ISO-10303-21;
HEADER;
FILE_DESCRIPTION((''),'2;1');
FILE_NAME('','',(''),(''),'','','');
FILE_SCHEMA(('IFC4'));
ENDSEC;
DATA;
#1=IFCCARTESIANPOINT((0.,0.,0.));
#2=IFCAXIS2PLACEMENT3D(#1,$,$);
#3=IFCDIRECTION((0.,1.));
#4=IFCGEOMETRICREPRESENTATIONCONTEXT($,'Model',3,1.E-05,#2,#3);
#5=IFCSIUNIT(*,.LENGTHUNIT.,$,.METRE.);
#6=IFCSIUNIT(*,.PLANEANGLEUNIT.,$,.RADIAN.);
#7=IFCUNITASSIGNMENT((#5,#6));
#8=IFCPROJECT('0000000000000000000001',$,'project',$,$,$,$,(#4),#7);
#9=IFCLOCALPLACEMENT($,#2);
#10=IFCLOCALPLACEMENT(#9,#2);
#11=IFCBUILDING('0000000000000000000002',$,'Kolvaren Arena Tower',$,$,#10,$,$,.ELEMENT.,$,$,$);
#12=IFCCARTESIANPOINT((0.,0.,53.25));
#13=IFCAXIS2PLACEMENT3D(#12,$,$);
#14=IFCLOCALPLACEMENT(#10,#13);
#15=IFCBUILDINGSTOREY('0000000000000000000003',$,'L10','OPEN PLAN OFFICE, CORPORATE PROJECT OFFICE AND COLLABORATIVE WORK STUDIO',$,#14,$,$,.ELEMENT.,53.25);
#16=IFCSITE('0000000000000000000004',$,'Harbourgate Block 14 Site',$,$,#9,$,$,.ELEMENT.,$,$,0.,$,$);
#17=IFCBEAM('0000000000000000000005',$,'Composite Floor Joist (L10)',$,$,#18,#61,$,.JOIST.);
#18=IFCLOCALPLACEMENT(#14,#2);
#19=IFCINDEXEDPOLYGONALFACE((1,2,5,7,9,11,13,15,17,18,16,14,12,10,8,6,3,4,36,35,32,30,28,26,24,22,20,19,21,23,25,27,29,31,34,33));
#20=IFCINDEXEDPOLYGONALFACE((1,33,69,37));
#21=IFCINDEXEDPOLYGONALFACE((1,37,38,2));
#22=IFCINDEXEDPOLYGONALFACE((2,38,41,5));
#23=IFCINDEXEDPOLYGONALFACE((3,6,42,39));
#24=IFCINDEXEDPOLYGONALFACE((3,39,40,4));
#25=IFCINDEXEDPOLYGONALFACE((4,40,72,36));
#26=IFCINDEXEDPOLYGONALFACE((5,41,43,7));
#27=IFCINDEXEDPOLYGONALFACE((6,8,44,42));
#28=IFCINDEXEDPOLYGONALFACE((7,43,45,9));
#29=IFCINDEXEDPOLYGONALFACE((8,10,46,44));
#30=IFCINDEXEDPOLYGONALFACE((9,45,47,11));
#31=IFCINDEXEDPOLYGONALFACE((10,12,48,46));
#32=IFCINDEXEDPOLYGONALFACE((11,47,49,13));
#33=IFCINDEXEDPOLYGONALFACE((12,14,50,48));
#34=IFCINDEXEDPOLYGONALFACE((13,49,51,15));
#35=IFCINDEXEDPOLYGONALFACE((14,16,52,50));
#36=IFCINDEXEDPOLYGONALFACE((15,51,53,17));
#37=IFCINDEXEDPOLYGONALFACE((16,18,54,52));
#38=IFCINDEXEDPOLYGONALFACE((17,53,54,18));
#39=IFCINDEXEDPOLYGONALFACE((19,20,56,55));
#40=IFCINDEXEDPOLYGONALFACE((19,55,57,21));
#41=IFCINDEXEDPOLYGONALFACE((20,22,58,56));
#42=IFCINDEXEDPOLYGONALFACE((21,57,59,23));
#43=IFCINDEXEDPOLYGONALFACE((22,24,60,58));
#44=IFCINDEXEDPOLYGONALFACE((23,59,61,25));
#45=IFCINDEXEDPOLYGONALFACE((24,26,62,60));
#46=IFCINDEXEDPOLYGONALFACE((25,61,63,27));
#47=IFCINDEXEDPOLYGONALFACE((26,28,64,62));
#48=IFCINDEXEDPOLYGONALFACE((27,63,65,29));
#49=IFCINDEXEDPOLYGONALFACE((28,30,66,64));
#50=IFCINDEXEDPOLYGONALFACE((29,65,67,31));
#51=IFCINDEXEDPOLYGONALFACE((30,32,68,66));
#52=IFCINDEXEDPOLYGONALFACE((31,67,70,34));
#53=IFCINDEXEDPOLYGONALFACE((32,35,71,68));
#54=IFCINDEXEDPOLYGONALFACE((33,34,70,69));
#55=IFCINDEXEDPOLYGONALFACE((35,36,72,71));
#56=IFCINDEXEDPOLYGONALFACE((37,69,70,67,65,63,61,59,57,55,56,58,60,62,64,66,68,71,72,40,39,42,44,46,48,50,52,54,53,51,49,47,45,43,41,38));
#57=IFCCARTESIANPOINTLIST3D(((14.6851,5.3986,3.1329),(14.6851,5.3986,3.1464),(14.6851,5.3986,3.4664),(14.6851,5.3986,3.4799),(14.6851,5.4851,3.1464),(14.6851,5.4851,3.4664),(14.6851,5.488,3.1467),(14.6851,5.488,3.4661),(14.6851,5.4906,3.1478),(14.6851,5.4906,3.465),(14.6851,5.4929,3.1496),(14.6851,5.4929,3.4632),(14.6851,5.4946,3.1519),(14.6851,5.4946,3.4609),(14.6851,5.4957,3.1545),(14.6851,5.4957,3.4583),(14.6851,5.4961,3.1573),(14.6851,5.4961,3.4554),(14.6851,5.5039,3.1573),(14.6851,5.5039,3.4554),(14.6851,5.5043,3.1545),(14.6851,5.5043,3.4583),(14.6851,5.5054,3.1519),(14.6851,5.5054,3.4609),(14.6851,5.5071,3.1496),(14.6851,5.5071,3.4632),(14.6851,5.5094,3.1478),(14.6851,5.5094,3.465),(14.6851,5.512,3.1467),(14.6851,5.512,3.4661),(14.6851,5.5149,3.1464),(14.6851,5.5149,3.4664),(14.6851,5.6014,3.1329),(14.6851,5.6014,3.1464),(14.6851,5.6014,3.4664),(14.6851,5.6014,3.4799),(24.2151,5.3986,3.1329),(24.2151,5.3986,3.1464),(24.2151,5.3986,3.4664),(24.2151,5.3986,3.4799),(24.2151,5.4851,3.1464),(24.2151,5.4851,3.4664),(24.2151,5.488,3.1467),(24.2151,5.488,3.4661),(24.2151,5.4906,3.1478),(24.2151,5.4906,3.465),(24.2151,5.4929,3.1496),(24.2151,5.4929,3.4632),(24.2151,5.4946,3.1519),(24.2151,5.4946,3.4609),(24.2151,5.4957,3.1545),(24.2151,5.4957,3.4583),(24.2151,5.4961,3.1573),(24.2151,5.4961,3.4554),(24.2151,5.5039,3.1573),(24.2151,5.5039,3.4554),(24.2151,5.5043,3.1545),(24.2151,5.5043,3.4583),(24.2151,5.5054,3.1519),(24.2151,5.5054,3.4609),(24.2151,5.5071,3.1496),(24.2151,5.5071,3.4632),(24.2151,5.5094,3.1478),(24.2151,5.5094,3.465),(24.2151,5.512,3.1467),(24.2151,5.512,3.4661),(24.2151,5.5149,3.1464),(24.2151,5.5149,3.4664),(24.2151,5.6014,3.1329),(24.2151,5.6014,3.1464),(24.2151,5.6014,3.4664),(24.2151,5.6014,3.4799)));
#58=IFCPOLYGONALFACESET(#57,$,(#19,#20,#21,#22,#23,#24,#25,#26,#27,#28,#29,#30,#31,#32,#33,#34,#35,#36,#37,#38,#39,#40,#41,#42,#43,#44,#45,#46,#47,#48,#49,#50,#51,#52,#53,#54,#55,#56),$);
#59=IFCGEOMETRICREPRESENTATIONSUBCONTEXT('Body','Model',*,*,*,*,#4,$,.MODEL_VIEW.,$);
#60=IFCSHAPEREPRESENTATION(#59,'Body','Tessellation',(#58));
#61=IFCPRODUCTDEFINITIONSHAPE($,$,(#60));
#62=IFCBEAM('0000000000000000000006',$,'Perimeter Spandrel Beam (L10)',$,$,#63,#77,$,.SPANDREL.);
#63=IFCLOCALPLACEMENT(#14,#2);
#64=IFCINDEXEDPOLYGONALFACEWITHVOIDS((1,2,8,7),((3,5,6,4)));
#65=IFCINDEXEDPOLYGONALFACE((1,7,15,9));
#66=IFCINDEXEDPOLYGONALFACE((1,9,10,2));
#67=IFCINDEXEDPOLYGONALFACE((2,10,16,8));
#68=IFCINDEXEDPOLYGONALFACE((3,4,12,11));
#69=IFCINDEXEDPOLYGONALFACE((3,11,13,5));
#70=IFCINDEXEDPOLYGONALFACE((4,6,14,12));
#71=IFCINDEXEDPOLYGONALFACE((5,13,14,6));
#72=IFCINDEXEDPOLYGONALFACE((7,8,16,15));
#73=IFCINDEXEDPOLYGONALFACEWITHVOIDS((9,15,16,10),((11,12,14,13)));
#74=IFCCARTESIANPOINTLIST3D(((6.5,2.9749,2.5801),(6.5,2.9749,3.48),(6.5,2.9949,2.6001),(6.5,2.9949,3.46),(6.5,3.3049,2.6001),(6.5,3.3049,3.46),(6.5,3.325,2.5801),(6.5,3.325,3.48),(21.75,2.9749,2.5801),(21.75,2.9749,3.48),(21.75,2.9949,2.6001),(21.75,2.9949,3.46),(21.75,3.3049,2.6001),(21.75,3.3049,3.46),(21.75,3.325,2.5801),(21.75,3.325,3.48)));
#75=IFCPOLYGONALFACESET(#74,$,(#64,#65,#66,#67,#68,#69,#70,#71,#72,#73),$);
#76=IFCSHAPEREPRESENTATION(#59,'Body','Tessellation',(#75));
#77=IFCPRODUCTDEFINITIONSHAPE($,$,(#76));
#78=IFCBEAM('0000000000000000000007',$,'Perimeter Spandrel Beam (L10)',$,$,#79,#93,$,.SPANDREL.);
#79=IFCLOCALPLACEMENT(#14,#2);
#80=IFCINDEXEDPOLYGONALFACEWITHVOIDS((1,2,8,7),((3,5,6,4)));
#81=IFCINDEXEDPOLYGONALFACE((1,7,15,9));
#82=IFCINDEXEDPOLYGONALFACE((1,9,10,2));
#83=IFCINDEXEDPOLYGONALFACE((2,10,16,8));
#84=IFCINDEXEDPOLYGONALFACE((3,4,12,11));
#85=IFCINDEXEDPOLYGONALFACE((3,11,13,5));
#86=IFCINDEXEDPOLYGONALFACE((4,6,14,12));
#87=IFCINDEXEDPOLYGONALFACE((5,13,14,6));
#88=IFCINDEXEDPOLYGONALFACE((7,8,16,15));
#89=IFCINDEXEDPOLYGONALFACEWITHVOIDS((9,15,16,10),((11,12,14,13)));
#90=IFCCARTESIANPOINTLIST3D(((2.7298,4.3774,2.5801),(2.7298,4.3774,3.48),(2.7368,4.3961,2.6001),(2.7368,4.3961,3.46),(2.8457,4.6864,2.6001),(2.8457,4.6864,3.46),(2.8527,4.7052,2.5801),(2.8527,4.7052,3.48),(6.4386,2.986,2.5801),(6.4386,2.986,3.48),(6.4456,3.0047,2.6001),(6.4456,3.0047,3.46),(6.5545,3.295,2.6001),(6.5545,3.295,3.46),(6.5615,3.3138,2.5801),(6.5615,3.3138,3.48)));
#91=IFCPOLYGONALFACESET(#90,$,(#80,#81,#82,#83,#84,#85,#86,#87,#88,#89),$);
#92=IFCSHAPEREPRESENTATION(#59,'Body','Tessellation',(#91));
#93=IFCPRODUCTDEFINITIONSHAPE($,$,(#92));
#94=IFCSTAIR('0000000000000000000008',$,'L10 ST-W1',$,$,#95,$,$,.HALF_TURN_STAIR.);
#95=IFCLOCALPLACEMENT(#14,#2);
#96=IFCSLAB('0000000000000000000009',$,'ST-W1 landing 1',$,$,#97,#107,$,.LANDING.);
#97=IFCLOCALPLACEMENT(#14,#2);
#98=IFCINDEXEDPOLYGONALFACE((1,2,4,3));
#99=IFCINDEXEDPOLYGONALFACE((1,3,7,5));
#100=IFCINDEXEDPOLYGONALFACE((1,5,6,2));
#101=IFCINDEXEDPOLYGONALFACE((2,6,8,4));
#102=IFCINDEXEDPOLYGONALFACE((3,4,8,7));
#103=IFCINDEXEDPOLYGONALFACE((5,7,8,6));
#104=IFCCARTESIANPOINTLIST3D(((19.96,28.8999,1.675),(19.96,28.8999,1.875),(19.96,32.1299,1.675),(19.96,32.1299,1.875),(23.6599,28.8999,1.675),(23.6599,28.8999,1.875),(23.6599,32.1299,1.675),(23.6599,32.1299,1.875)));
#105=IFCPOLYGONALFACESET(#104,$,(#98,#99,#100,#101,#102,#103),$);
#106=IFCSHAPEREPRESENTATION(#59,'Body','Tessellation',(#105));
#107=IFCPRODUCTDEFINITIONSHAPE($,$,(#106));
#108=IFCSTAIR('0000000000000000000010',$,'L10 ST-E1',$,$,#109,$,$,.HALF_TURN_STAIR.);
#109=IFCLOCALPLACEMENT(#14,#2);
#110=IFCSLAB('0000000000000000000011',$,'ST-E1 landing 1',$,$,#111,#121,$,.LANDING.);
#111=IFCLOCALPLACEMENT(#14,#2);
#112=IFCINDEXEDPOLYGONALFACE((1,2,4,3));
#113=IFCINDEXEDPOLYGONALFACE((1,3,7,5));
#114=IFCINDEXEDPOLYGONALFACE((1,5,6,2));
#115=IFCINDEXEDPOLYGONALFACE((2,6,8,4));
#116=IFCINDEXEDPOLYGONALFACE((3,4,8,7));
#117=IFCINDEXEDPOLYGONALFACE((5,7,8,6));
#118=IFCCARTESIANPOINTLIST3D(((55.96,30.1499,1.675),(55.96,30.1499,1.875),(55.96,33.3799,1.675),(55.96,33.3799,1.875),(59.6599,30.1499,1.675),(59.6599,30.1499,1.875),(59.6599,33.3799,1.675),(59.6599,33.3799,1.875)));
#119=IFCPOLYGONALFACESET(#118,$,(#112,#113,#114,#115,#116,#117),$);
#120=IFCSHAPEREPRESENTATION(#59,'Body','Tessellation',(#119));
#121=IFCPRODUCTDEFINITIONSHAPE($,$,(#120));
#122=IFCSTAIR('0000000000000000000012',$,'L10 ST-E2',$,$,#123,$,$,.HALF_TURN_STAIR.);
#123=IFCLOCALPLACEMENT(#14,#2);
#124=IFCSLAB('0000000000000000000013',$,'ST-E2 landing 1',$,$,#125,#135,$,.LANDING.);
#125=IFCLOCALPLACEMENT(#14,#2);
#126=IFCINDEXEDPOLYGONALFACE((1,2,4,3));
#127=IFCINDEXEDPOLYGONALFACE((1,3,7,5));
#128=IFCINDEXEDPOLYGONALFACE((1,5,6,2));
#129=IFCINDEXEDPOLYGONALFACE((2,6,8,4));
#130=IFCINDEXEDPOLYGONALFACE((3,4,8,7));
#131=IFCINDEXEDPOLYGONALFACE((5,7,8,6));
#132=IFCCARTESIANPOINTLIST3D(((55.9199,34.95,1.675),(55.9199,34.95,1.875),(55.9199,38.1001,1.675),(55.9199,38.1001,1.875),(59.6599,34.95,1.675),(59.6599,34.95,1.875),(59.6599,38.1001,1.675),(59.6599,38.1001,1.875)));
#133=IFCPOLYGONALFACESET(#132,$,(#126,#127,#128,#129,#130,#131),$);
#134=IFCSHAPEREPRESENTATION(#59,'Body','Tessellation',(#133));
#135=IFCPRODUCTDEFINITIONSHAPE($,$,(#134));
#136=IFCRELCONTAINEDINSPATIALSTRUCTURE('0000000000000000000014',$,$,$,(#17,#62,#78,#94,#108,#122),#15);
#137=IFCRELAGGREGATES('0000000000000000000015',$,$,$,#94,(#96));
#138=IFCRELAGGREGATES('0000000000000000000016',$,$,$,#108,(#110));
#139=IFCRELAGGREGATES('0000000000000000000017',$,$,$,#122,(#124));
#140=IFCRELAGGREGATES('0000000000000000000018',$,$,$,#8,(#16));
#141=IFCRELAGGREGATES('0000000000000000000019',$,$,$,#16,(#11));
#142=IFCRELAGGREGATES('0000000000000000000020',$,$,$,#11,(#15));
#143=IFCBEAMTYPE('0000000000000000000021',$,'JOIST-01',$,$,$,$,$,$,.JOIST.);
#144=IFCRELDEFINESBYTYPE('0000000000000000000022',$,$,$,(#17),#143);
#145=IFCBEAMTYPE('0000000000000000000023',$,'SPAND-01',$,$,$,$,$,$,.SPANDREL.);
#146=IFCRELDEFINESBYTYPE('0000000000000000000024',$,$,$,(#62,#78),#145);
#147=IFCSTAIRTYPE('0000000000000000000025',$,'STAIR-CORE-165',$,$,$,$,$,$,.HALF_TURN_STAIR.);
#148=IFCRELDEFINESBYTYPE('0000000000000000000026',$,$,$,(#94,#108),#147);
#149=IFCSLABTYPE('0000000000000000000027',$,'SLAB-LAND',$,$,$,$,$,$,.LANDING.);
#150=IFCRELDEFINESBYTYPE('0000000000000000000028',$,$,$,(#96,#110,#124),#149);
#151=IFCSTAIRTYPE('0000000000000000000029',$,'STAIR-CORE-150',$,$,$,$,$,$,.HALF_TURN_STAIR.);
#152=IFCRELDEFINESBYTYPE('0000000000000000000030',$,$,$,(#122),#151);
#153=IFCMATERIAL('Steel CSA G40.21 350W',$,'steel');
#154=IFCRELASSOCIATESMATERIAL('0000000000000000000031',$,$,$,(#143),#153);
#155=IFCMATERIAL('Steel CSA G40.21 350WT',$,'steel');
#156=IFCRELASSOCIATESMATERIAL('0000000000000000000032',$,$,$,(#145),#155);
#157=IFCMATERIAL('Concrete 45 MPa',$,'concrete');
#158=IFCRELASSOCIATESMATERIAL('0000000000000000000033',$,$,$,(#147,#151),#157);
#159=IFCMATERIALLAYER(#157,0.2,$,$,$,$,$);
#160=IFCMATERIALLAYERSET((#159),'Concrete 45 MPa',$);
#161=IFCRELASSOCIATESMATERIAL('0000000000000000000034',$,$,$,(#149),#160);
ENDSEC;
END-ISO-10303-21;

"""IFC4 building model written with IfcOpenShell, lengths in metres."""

from ifc_helpers import new_model, si_unit, direction, frame, origin, origin_2d, place, context, subcontext, project, spatial, polyline, hollow_rectangle, i_section, outline, extrude, material, layer, layer_set, material_profile, profile_set, type_object, element, aggregate, save


model = new_model("IFC4")

# Units and contexts
model_context = context("Model", 3, precision=1e-05, world=origin(), true_north=direction((0.0, 1.0)))
body_context = subcontext(model_context, "Body", "Model", "MODEL_VIEW")
ifc_project = project(units=[si_unit("LENGTHUNIT", "METRE"), si_unit("PLANEANGLEUNIT", "RADIAN")], contexts=[model_context])

# Site, building, storey
site_placement = place(None, origin())
site = spatial("IfcSite", under=ifc_project, at=site_placement, Name="Harbourgate Block 14 Site", CompositionType="ELEMENT", RefElevation=0.0)
building_placement = place(site_placement, origin())
building = spatial("IfcBuilding", under=site, at=building_placement, Name="Kolvaren Arena Tower", CompositionType="ELEMENT")
storey_placement = place(building_placement, frame((0.0, 0.0, 53.25)))
storey = spatial("IfcBuildingStorey", under=building, at=storey_placement, Name="L10", Description="OPEN PLAN OFFICE, CORPORATE PROJECT OFFICE AND COLLABORATIVE WORK STUDIO", CompositionType="ELEMENT", Elevation=53.25)

# Beams
ifc_material_1 = material(Name="Steel CSA G40.21 350W", Category="steel")
ifc_material_profile_1 = material_profile(ifc_material_1, i_section(OverallWidth=0.2029, OverallDepth=0.3469, WebThickness=0.0078, FlangeThickness=0.0134, FilletRadius=0.011, at=origin_2d()), Name="W360x64")
ifc_profile_set_1 = profile_set([ifc_material_profile_1], Name="Steel CSA G40.21 350W")
beam_type_1 = type_object("IfcBeamType", Name="JOIST-01", PredefinedType="JOIST", material=ifc_profile_set_1)
beam_1_placement = place(storey_placement, frame((14.6851, 5.5, 3.3064), z_axis=(1.0, 0.0, 0.0), x_axis=(0.0, 1.0, 0.0)))
element("IfcBeam", 1, at=beam_1_placement, inside=storey, type_object=beam_type_1, Name="Composite Floor Joist (L10)", PredefinedType="JOIST", context=body_context, shape_type="SweptSolid", body=[
    extrude(i_section(OverallWidth=0.2029, OverallDepth=0.3469, WebThickness=0.0078, FlangeThickness=0.0134, FilletRadius=0.011, at=origin_2d()), origin(), (0.0, 0.0, 1.0), 9.53),
])
ifc_material_2 = material(Name="Steel CSA G40.21 350WT", Category="steel")
ifc_material_profile_2 = material_profile(ifc_material_2, hollow_rectangle(XDim=0.3501, YDim=0.8999, WallThickness=0.02, at=origin_2d()), Name="HSS 900x350x20")
ifc_profile_set_2 = profile_set([ifc_material_profile_2], Name="Steel CSA G40.21 350WT")
beam_type_2 = type_object("IfcBeamType", Name="SPAND-01", PredefinedType="SPANDREL", material=ifc_profile_set_2)
beam_2_placement = place(storey_placement, frame((6.5, 3.1499, 3.03), z_axis=(1.0, 0.0, 0.0), x_axis=(0.0, 1.0, 0.0)))
element("IfcBeam", 2, at=beam_2_placement, inside=storey, type_object=beam_type_2, Name="Perimeter Spandrel Beam (L10)", PredefinedType="SPANDREL", context=body_context, shape_type="SweptSolid", body=[
    extrude(hollow_rectangle(XDim=0.3501, YDim=0.8999, WallThickness=0.02, at=origin_2d()), origin(), (0.0, 0.0, 1.0), 15.25),
])
beam_3_placement = place(storey_placement, frame((2.7913, 4.5413, 3.03), z_axis=(0.936281, -0.351252, 0.0), x_axis=(0.351252, 0.936281, 0.0)))
element("IfcBeam", 3, at=beam_3_placement, inside=storey, type_object=beam_type_2, Name="Perimeter Spandrel Beam (L10)", PredefinedType="SPANDREL", context=body_context, shape_type="SweptSolid", body=[
    extrude(hollow_rectangle(XDim=0.3501, YDim=0.8999, WallThickness=0.02, at=origin_2d()), origin(), (0.0, 0.0, 1.0), 3.9612),
])

# Stairs, slabs
ifc_material_3 = material(Name="Concrete 45 MPa", Category="concrete")
stair_type_1 = type_object("IfcStairType", Name="STAIR-CORE-165", PredefinedType="HALF_TURN_STAIR", material=ifc_material_3)
stair_1_placement = place(storey_placement, origin())
stair_1 = element("IfcStair", 4, at=stair_1_placement, inside=storey, type_object=stair_type_1, Name="L10 ST-W1", PredefinedType="HALF_TURN_STAIR")
ifc_layer_1 = layer(ifc_material_3, 0.2)
ifc_layer_set_1 = layer_set([ifc_layer_1], Name="Concrete 45 MPa")
slab_type_1 = type_object("IfcSlabType", Name="SLAB-LAND", PredefinedType="LANDING", material=ifc_layer_set_1)
slab_1_placement = place(storey_placement, frame((0.0, 0.0, 1.675)))
slab_1 = element("IfcSlab", 5, at=slab_1_placement, type_object=slab_type_1, Name="ST-W1 landing 1", PredefinedType="LANDING", context=body_context, shape_type="SweptSolid", body=[
    extrude(outline(polyline([(19.96, 28.8999), (23.6599, 28.8999), (23.6599, 32.1299), (19.96, 32.1299), (19.96, 28.8999)])), origin(), (0.0, 0.0, 1.0), 0.2),
])
aggregate(stair_1, [slab_1])
stair_2_placement = place(storey_placement, origin())
stair_2 = element("IfcStair", 6, at=stair_2_placement, inside=storey, type_object=stair_type_1, Name="L10 ST-E1", PredefinedType="HALF_TURN_STAIR")
slab_2_placement = place(storey_placement, frame((0.0, 0.0, 1.675)))
slab_2 = element("IfcSlab", 7, at=slab_2_placement, type_object=slab_type_1, Name="ST-E1 landing 1", PredefinedType="LANDING", context=body_context, shape_type="SweptSolid", body=[
    extrude(outline(polyline([(55.96, 30.1499), (59.6599, 30.1499), (59.6599, 33.3799), (55.96, 33.3799), (55.96, 30.1499)])), origin(), (0.0, 0.0, 1.0), 0.2),
])
aggregate(stair_2, [slab_2])
stair_type_2 = type_object("IfcStairType", Name="STAIR-CORE-150", PredefinedType="HALF_TURN_STAIR", material=ifc_material_3)
stair_3_placement = place(storey_placement, origin())
stair_3 = element("IfcStair", 8, at=stair_3_placement, inside=storey, type_object=stair_type_2, Name="L10 ST-E2", PredefinedType="HALF_TURN_STAIR")
slab_3_placement = place(storey_placement, frame((0.0, 0.0, 1.675)))
slab_3 = element("IfcSlab", 9, at=slab_3_placement, type_object=slab_type_1, Name="ST-E2 landing 1", PredefinedType="LANDING", context=body_context, shape_type="SweptSolid", body=[
    extrude(outline(polyline([(55.9199, 34.95), (59.6599, 34.95), (59.6599, 38.1001), (55.9199, 38.1001), (55.9199, 34.95)])), origin(), (0.0, 0.0, 1.0), 0.2),
])
aggregate(stair_3, [slab_3])

save(model, "model.ifc")
